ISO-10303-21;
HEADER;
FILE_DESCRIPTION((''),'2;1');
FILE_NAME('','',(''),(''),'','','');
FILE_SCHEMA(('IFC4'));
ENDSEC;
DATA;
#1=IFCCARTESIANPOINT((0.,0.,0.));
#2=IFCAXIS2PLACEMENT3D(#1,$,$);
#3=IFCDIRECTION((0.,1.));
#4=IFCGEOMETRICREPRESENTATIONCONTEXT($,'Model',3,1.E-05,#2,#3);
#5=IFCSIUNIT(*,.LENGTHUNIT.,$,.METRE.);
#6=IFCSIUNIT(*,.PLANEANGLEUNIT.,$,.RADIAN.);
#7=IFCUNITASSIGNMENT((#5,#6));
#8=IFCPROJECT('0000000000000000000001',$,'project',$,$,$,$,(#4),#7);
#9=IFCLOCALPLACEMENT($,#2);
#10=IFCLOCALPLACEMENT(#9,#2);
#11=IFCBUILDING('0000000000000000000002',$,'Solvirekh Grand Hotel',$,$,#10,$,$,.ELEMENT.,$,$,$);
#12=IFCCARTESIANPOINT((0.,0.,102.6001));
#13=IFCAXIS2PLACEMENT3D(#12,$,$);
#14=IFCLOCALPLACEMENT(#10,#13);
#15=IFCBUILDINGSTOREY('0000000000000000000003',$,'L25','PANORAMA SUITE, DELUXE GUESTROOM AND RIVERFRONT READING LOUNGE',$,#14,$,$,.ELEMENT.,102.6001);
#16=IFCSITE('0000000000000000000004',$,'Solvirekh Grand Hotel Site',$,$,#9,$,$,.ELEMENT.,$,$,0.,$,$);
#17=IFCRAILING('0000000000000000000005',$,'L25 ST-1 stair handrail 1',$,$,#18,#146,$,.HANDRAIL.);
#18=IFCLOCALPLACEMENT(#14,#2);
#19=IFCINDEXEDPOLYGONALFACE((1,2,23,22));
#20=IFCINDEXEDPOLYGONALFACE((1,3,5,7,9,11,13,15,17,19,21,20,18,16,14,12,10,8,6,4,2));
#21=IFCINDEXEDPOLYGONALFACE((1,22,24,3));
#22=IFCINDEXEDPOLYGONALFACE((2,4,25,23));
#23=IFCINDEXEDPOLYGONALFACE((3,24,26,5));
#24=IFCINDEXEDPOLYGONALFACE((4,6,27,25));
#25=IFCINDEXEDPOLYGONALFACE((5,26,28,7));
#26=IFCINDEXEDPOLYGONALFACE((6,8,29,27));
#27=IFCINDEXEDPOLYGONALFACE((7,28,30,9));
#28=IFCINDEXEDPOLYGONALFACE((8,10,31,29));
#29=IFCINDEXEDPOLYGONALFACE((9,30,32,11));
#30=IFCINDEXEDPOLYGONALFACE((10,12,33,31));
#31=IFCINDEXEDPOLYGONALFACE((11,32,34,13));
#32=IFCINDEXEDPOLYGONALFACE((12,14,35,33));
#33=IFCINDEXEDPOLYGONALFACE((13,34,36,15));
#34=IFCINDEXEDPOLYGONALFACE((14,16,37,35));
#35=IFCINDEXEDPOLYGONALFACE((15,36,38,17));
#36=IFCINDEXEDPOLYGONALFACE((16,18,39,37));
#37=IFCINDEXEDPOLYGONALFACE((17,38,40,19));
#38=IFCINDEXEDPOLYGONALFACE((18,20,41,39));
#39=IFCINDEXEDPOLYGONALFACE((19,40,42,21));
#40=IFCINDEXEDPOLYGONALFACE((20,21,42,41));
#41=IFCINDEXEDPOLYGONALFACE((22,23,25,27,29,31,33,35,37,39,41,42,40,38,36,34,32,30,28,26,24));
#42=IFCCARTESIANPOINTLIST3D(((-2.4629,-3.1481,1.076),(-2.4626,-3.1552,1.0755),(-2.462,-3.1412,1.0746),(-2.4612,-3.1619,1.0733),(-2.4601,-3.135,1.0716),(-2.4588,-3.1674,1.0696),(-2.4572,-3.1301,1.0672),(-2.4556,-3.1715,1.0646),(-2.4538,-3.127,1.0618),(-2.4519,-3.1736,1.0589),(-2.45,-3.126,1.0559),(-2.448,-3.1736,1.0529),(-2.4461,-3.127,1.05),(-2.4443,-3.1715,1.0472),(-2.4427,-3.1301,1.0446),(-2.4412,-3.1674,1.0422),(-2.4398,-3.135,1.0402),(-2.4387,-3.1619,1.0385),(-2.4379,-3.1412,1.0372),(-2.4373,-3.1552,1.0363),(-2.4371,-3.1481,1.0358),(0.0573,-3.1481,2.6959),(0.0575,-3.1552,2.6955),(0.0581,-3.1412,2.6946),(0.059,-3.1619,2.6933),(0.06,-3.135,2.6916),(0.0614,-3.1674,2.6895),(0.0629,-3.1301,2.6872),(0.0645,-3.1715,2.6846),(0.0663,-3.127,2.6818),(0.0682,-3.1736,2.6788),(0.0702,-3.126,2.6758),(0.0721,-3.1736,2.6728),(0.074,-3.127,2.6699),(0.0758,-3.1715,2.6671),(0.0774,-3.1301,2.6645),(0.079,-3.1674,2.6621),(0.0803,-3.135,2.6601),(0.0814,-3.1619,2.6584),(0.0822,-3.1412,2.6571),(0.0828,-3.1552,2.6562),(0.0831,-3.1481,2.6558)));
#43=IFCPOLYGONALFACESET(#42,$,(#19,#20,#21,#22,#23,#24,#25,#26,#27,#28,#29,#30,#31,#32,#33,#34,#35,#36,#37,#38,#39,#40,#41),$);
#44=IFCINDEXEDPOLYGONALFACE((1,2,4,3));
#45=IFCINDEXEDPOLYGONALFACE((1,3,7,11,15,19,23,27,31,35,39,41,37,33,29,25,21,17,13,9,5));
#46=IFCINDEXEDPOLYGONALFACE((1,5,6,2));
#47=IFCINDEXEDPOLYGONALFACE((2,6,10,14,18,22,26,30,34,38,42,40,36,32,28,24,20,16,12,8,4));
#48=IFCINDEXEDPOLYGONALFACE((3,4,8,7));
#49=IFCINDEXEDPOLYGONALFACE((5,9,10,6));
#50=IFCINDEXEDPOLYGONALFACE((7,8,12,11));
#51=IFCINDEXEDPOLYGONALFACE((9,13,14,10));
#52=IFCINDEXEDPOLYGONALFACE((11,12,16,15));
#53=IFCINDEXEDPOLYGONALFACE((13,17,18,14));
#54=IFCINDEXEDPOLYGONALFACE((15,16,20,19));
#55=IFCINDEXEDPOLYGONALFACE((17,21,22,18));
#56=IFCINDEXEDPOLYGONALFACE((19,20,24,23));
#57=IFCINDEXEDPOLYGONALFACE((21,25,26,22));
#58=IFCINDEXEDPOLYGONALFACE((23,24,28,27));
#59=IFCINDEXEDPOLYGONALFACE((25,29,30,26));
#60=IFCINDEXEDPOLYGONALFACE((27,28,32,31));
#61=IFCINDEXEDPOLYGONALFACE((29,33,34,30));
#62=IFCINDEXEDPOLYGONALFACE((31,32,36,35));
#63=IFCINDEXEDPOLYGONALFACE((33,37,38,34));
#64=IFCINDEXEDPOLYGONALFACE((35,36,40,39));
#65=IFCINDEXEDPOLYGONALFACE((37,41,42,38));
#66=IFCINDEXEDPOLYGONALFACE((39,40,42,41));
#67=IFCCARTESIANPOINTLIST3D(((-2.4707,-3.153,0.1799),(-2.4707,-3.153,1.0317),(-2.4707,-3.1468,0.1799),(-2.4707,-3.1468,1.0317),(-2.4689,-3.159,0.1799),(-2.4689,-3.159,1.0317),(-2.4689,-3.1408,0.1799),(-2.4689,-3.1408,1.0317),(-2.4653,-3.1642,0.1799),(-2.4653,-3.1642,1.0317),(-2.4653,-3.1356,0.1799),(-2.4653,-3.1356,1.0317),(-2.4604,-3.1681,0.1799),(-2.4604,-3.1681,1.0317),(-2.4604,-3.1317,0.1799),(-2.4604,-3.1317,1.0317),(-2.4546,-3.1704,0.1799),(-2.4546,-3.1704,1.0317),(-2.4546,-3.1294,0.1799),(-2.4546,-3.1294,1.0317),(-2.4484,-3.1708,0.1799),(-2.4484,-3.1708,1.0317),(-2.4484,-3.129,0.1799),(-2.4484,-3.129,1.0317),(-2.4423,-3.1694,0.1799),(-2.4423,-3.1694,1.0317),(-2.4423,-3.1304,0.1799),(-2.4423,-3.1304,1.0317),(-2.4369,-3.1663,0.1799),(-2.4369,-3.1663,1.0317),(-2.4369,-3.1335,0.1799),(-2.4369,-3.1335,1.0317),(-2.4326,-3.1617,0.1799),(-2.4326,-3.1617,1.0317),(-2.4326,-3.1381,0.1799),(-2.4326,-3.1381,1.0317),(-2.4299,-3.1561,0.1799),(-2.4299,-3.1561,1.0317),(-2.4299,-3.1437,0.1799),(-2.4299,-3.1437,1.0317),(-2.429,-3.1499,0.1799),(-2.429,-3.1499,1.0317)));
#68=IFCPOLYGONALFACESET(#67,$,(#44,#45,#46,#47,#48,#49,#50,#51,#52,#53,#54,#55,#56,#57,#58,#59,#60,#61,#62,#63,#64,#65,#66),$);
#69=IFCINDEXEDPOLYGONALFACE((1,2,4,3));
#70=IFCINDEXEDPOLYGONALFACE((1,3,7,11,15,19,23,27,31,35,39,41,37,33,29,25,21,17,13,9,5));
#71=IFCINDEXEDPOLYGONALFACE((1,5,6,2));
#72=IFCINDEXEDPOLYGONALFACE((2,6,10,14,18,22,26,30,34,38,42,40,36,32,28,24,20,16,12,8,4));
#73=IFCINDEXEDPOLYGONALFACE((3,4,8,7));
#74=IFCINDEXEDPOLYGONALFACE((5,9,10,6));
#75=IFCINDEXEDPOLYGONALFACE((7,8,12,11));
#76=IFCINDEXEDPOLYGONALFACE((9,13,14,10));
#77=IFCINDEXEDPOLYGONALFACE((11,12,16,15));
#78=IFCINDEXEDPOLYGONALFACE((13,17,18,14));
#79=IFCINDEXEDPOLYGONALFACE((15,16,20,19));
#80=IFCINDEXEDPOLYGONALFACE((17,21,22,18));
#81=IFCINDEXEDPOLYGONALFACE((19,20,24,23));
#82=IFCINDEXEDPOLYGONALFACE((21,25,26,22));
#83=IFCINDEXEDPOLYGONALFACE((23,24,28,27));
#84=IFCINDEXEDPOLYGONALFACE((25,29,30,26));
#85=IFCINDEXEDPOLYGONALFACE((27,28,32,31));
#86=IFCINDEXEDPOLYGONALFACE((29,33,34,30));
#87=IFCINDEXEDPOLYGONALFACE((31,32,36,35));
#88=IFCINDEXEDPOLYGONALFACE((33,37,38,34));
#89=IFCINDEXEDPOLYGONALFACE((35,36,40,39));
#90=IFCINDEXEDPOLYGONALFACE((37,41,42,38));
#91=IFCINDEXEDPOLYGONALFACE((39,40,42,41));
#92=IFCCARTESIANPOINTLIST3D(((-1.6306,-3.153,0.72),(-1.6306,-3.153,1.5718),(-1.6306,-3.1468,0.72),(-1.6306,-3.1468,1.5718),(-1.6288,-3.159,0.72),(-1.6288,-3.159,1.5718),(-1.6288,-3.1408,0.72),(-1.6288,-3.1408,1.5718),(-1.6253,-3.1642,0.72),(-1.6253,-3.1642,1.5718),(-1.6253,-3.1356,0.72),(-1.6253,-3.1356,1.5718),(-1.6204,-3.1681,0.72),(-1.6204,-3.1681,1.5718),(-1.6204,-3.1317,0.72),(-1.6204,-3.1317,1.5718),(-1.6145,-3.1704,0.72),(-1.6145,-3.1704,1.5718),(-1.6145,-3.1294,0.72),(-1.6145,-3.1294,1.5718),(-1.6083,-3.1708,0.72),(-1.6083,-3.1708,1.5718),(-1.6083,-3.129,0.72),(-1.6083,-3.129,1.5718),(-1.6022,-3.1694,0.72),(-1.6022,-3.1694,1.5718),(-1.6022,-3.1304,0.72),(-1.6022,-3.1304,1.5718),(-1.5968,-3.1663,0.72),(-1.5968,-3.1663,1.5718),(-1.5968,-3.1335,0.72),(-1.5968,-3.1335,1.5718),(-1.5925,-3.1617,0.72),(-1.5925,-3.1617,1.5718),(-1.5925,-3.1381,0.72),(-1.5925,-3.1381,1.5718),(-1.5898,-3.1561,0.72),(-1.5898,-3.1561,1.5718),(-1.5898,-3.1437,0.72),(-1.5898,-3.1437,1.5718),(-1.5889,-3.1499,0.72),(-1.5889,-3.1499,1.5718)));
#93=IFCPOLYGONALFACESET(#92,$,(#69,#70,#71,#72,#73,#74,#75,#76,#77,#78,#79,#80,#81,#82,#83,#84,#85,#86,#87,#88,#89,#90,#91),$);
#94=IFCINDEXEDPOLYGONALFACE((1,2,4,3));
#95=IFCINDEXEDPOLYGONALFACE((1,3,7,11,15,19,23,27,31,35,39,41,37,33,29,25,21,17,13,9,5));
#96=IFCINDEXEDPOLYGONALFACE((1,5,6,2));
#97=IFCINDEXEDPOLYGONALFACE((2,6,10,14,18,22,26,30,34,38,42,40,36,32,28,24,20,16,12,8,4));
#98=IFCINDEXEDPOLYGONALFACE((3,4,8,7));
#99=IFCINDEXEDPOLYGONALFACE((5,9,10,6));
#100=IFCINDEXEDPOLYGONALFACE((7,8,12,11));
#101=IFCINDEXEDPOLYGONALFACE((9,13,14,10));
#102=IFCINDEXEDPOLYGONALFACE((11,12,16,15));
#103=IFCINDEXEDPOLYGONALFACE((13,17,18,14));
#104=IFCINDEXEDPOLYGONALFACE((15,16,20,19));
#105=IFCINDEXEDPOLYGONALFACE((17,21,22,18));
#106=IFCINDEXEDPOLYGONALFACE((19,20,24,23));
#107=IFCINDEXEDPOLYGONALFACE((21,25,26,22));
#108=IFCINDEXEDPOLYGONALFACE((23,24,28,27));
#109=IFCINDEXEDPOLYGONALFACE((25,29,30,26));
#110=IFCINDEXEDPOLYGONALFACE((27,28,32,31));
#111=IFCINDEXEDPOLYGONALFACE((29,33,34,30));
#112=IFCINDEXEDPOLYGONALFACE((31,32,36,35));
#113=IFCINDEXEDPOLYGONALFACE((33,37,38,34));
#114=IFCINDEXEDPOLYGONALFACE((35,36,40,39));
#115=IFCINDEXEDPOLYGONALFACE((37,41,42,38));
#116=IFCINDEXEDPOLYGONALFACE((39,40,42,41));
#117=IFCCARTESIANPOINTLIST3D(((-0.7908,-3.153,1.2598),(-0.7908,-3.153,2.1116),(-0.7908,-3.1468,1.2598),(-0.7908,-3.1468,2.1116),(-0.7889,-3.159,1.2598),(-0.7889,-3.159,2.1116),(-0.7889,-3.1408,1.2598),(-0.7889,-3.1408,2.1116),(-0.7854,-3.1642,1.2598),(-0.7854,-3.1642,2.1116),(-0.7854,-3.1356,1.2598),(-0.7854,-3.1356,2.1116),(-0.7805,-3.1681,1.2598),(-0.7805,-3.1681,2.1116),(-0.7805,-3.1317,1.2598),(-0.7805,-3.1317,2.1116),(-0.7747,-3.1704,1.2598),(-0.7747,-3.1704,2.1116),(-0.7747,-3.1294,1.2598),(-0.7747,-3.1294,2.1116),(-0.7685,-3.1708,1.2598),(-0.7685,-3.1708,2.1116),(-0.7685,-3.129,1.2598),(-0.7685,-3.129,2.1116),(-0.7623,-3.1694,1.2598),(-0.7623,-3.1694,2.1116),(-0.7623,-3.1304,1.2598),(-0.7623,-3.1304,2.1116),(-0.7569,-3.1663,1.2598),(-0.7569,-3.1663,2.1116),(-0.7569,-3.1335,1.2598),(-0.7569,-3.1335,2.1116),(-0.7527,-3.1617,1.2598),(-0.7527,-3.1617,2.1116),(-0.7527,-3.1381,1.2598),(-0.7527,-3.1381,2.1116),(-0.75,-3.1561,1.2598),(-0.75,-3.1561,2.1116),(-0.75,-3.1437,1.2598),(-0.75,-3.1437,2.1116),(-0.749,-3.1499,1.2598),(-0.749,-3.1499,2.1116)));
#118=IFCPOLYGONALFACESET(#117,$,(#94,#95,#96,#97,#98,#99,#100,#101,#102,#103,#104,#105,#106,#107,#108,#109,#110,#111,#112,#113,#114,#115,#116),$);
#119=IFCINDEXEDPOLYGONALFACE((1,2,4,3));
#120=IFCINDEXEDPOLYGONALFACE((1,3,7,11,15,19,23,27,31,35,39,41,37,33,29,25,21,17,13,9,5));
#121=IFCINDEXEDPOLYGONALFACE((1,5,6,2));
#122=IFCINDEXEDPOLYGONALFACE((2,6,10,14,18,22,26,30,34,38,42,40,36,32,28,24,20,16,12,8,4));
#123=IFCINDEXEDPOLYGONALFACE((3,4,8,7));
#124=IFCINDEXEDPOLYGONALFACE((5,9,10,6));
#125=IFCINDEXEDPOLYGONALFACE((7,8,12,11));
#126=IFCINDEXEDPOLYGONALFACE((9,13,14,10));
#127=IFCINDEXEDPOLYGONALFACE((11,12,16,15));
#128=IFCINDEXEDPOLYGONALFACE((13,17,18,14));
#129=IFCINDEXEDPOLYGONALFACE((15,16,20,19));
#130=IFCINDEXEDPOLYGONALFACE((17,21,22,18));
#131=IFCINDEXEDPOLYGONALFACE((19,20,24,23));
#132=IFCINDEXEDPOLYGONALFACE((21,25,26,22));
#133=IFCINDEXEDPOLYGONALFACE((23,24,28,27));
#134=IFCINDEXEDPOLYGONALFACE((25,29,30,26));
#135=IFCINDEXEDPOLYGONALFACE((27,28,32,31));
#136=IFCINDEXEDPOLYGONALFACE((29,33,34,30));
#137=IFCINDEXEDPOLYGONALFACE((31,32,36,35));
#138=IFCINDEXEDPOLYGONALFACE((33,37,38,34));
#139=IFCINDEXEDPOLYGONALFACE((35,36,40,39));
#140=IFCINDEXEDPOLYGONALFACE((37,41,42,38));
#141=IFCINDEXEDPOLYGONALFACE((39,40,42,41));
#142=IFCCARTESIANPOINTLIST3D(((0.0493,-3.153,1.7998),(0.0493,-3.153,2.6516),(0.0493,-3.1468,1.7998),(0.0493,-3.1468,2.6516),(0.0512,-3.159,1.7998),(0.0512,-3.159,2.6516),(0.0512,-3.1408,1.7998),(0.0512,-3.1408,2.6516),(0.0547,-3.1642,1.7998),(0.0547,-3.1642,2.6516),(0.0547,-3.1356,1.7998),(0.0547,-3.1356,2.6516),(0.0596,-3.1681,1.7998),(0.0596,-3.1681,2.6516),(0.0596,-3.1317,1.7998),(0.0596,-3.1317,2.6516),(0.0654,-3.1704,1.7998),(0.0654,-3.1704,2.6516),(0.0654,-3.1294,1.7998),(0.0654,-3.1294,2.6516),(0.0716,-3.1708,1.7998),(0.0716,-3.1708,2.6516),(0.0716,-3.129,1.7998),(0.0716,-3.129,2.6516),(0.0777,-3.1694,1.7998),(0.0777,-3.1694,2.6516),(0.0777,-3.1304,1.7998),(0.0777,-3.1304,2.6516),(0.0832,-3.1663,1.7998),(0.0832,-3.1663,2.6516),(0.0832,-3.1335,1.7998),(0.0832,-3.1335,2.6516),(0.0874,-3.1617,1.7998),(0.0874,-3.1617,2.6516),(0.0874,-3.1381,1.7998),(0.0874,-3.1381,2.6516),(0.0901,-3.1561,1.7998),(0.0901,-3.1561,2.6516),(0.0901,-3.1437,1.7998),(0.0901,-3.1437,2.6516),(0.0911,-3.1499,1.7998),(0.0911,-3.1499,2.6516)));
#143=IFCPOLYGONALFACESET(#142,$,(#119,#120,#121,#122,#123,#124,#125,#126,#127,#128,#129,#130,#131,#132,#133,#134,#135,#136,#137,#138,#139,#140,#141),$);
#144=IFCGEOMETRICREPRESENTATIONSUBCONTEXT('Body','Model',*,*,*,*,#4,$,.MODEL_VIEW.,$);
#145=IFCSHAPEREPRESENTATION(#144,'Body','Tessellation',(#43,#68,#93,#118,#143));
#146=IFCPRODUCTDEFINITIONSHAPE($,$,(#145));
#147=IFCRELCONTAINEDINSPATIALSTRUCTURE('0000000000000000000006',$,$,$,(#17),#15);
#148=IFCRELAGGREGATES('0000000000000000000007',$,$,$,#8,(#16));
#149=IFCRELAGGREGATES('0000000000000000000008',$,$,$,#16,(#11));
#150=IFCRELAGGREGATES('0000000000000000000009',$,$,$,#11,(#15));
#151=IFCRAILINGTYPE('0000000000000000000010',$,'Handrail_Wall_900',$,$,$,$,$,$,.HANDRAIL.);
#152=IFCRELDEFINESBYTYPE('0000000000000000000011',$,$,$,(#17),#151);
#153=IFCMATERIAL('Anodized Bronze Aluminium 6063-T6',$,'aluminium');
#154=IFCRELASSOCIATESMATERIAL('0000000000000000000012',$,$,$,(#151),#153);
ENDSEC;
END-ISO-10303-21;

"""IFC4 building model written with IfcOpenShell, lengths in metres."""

from ifc_helpers import new_model, si_unit, direction, frame, origin, origin_2d, place, context, subcontext, project, spatial, circle, extrude, material, type_object, element, save


model = new_model("IFC4")

# Units and contexts
model_context = context("Model", 3, precision=1e-05, world=origin(), true_north=direction((0.0, 1.0)))
body_context = subcontext(model_context, "Body", "Model", "MODEL_VIEW")
ifc_project = project(units=[si_unit("LENGTHUNIT", "METRE"), si_unit("PLANEANGLEUNIT", "RADIAN")], contexts=[model_context])

# Site, building, storey
site_placement = place(None, origin())
site = spatial("IfcSite", under=ifc_project, at=site_placement, Name="Solvirekh Grand Hotel Site", CompositionType="ELEMENT", RefElevation=0.0)
building_placement = place(site_placement, origin())
building = spatial("IfcBuilding", under=site, at=building_placement, Name="Solvirekh Grand Hotel", CompositionType="ELEMENT")
storey_placement = place(building_placement, frame((0.0, 0.0, 102.6001)))
storey = spatial("IfcBuildingStorey", under=building, at=storey_placement, Name="L25", Description="PANORAMA SUITE, DELUXE GUESTROOM AND RIVERFRONT READING LOUNGE", CompositionType="ELEMENT", Elevation=102.6001)

# Railing
ifc_material_1 = material(Name="Anodized Bronze Aluminium 6063-T6", Category="aluminium")
railing_type_1 = type_object("IfcRailingType", Name="Handrail_Wall_900", PredefinedType="HANDRAIL", material=ifc_material_1)
railing_1_placement = place(storey_placement, frame((-2.45, -3.1499, 0.1799)))
element("IfcRailing", 1, at=railing_1_placement, inside=storey, type_object=railing_type_1, Name="L25 ST-1 stair handrail 1", PredefinedType="HANDRAIL", context=body_context, shape_type="SweptSolid", body=[
    extrude(circle(Radius=0.0239, at=origin_2d()), frame((0.0, 0.0, 0.876), z_axis=(0.8412, 0.0, 0.540725), x_axis=(0.0, 1.0, 0.0)), (0.0, 0.0, 1.0), 2.9958),
    extrude(circle(Radius=0.021, at=origin_2d()), origin(), (0.0, 0.0, 1.0), 0.8518),
    extrude(circle(Radius=0.021, at=origin_2d()), frame((0.8401, 0.0, 0.54)), (0.0, 0.0, 1.0), 0.8518),
    extrude(circle(Radius=0.021, at=origin_2d()), frame((1.6799, 0.0, 1.0798)), (0.0, 0.0, 1.0), 0.8518),
    extrude(circle(Radius=0.021, at=origin_2d()), frame((2.52, 0.0, 1.6199)), (0.0, 0.0, 1.0), 0.8518),
])

save(model, "model.ifc")
